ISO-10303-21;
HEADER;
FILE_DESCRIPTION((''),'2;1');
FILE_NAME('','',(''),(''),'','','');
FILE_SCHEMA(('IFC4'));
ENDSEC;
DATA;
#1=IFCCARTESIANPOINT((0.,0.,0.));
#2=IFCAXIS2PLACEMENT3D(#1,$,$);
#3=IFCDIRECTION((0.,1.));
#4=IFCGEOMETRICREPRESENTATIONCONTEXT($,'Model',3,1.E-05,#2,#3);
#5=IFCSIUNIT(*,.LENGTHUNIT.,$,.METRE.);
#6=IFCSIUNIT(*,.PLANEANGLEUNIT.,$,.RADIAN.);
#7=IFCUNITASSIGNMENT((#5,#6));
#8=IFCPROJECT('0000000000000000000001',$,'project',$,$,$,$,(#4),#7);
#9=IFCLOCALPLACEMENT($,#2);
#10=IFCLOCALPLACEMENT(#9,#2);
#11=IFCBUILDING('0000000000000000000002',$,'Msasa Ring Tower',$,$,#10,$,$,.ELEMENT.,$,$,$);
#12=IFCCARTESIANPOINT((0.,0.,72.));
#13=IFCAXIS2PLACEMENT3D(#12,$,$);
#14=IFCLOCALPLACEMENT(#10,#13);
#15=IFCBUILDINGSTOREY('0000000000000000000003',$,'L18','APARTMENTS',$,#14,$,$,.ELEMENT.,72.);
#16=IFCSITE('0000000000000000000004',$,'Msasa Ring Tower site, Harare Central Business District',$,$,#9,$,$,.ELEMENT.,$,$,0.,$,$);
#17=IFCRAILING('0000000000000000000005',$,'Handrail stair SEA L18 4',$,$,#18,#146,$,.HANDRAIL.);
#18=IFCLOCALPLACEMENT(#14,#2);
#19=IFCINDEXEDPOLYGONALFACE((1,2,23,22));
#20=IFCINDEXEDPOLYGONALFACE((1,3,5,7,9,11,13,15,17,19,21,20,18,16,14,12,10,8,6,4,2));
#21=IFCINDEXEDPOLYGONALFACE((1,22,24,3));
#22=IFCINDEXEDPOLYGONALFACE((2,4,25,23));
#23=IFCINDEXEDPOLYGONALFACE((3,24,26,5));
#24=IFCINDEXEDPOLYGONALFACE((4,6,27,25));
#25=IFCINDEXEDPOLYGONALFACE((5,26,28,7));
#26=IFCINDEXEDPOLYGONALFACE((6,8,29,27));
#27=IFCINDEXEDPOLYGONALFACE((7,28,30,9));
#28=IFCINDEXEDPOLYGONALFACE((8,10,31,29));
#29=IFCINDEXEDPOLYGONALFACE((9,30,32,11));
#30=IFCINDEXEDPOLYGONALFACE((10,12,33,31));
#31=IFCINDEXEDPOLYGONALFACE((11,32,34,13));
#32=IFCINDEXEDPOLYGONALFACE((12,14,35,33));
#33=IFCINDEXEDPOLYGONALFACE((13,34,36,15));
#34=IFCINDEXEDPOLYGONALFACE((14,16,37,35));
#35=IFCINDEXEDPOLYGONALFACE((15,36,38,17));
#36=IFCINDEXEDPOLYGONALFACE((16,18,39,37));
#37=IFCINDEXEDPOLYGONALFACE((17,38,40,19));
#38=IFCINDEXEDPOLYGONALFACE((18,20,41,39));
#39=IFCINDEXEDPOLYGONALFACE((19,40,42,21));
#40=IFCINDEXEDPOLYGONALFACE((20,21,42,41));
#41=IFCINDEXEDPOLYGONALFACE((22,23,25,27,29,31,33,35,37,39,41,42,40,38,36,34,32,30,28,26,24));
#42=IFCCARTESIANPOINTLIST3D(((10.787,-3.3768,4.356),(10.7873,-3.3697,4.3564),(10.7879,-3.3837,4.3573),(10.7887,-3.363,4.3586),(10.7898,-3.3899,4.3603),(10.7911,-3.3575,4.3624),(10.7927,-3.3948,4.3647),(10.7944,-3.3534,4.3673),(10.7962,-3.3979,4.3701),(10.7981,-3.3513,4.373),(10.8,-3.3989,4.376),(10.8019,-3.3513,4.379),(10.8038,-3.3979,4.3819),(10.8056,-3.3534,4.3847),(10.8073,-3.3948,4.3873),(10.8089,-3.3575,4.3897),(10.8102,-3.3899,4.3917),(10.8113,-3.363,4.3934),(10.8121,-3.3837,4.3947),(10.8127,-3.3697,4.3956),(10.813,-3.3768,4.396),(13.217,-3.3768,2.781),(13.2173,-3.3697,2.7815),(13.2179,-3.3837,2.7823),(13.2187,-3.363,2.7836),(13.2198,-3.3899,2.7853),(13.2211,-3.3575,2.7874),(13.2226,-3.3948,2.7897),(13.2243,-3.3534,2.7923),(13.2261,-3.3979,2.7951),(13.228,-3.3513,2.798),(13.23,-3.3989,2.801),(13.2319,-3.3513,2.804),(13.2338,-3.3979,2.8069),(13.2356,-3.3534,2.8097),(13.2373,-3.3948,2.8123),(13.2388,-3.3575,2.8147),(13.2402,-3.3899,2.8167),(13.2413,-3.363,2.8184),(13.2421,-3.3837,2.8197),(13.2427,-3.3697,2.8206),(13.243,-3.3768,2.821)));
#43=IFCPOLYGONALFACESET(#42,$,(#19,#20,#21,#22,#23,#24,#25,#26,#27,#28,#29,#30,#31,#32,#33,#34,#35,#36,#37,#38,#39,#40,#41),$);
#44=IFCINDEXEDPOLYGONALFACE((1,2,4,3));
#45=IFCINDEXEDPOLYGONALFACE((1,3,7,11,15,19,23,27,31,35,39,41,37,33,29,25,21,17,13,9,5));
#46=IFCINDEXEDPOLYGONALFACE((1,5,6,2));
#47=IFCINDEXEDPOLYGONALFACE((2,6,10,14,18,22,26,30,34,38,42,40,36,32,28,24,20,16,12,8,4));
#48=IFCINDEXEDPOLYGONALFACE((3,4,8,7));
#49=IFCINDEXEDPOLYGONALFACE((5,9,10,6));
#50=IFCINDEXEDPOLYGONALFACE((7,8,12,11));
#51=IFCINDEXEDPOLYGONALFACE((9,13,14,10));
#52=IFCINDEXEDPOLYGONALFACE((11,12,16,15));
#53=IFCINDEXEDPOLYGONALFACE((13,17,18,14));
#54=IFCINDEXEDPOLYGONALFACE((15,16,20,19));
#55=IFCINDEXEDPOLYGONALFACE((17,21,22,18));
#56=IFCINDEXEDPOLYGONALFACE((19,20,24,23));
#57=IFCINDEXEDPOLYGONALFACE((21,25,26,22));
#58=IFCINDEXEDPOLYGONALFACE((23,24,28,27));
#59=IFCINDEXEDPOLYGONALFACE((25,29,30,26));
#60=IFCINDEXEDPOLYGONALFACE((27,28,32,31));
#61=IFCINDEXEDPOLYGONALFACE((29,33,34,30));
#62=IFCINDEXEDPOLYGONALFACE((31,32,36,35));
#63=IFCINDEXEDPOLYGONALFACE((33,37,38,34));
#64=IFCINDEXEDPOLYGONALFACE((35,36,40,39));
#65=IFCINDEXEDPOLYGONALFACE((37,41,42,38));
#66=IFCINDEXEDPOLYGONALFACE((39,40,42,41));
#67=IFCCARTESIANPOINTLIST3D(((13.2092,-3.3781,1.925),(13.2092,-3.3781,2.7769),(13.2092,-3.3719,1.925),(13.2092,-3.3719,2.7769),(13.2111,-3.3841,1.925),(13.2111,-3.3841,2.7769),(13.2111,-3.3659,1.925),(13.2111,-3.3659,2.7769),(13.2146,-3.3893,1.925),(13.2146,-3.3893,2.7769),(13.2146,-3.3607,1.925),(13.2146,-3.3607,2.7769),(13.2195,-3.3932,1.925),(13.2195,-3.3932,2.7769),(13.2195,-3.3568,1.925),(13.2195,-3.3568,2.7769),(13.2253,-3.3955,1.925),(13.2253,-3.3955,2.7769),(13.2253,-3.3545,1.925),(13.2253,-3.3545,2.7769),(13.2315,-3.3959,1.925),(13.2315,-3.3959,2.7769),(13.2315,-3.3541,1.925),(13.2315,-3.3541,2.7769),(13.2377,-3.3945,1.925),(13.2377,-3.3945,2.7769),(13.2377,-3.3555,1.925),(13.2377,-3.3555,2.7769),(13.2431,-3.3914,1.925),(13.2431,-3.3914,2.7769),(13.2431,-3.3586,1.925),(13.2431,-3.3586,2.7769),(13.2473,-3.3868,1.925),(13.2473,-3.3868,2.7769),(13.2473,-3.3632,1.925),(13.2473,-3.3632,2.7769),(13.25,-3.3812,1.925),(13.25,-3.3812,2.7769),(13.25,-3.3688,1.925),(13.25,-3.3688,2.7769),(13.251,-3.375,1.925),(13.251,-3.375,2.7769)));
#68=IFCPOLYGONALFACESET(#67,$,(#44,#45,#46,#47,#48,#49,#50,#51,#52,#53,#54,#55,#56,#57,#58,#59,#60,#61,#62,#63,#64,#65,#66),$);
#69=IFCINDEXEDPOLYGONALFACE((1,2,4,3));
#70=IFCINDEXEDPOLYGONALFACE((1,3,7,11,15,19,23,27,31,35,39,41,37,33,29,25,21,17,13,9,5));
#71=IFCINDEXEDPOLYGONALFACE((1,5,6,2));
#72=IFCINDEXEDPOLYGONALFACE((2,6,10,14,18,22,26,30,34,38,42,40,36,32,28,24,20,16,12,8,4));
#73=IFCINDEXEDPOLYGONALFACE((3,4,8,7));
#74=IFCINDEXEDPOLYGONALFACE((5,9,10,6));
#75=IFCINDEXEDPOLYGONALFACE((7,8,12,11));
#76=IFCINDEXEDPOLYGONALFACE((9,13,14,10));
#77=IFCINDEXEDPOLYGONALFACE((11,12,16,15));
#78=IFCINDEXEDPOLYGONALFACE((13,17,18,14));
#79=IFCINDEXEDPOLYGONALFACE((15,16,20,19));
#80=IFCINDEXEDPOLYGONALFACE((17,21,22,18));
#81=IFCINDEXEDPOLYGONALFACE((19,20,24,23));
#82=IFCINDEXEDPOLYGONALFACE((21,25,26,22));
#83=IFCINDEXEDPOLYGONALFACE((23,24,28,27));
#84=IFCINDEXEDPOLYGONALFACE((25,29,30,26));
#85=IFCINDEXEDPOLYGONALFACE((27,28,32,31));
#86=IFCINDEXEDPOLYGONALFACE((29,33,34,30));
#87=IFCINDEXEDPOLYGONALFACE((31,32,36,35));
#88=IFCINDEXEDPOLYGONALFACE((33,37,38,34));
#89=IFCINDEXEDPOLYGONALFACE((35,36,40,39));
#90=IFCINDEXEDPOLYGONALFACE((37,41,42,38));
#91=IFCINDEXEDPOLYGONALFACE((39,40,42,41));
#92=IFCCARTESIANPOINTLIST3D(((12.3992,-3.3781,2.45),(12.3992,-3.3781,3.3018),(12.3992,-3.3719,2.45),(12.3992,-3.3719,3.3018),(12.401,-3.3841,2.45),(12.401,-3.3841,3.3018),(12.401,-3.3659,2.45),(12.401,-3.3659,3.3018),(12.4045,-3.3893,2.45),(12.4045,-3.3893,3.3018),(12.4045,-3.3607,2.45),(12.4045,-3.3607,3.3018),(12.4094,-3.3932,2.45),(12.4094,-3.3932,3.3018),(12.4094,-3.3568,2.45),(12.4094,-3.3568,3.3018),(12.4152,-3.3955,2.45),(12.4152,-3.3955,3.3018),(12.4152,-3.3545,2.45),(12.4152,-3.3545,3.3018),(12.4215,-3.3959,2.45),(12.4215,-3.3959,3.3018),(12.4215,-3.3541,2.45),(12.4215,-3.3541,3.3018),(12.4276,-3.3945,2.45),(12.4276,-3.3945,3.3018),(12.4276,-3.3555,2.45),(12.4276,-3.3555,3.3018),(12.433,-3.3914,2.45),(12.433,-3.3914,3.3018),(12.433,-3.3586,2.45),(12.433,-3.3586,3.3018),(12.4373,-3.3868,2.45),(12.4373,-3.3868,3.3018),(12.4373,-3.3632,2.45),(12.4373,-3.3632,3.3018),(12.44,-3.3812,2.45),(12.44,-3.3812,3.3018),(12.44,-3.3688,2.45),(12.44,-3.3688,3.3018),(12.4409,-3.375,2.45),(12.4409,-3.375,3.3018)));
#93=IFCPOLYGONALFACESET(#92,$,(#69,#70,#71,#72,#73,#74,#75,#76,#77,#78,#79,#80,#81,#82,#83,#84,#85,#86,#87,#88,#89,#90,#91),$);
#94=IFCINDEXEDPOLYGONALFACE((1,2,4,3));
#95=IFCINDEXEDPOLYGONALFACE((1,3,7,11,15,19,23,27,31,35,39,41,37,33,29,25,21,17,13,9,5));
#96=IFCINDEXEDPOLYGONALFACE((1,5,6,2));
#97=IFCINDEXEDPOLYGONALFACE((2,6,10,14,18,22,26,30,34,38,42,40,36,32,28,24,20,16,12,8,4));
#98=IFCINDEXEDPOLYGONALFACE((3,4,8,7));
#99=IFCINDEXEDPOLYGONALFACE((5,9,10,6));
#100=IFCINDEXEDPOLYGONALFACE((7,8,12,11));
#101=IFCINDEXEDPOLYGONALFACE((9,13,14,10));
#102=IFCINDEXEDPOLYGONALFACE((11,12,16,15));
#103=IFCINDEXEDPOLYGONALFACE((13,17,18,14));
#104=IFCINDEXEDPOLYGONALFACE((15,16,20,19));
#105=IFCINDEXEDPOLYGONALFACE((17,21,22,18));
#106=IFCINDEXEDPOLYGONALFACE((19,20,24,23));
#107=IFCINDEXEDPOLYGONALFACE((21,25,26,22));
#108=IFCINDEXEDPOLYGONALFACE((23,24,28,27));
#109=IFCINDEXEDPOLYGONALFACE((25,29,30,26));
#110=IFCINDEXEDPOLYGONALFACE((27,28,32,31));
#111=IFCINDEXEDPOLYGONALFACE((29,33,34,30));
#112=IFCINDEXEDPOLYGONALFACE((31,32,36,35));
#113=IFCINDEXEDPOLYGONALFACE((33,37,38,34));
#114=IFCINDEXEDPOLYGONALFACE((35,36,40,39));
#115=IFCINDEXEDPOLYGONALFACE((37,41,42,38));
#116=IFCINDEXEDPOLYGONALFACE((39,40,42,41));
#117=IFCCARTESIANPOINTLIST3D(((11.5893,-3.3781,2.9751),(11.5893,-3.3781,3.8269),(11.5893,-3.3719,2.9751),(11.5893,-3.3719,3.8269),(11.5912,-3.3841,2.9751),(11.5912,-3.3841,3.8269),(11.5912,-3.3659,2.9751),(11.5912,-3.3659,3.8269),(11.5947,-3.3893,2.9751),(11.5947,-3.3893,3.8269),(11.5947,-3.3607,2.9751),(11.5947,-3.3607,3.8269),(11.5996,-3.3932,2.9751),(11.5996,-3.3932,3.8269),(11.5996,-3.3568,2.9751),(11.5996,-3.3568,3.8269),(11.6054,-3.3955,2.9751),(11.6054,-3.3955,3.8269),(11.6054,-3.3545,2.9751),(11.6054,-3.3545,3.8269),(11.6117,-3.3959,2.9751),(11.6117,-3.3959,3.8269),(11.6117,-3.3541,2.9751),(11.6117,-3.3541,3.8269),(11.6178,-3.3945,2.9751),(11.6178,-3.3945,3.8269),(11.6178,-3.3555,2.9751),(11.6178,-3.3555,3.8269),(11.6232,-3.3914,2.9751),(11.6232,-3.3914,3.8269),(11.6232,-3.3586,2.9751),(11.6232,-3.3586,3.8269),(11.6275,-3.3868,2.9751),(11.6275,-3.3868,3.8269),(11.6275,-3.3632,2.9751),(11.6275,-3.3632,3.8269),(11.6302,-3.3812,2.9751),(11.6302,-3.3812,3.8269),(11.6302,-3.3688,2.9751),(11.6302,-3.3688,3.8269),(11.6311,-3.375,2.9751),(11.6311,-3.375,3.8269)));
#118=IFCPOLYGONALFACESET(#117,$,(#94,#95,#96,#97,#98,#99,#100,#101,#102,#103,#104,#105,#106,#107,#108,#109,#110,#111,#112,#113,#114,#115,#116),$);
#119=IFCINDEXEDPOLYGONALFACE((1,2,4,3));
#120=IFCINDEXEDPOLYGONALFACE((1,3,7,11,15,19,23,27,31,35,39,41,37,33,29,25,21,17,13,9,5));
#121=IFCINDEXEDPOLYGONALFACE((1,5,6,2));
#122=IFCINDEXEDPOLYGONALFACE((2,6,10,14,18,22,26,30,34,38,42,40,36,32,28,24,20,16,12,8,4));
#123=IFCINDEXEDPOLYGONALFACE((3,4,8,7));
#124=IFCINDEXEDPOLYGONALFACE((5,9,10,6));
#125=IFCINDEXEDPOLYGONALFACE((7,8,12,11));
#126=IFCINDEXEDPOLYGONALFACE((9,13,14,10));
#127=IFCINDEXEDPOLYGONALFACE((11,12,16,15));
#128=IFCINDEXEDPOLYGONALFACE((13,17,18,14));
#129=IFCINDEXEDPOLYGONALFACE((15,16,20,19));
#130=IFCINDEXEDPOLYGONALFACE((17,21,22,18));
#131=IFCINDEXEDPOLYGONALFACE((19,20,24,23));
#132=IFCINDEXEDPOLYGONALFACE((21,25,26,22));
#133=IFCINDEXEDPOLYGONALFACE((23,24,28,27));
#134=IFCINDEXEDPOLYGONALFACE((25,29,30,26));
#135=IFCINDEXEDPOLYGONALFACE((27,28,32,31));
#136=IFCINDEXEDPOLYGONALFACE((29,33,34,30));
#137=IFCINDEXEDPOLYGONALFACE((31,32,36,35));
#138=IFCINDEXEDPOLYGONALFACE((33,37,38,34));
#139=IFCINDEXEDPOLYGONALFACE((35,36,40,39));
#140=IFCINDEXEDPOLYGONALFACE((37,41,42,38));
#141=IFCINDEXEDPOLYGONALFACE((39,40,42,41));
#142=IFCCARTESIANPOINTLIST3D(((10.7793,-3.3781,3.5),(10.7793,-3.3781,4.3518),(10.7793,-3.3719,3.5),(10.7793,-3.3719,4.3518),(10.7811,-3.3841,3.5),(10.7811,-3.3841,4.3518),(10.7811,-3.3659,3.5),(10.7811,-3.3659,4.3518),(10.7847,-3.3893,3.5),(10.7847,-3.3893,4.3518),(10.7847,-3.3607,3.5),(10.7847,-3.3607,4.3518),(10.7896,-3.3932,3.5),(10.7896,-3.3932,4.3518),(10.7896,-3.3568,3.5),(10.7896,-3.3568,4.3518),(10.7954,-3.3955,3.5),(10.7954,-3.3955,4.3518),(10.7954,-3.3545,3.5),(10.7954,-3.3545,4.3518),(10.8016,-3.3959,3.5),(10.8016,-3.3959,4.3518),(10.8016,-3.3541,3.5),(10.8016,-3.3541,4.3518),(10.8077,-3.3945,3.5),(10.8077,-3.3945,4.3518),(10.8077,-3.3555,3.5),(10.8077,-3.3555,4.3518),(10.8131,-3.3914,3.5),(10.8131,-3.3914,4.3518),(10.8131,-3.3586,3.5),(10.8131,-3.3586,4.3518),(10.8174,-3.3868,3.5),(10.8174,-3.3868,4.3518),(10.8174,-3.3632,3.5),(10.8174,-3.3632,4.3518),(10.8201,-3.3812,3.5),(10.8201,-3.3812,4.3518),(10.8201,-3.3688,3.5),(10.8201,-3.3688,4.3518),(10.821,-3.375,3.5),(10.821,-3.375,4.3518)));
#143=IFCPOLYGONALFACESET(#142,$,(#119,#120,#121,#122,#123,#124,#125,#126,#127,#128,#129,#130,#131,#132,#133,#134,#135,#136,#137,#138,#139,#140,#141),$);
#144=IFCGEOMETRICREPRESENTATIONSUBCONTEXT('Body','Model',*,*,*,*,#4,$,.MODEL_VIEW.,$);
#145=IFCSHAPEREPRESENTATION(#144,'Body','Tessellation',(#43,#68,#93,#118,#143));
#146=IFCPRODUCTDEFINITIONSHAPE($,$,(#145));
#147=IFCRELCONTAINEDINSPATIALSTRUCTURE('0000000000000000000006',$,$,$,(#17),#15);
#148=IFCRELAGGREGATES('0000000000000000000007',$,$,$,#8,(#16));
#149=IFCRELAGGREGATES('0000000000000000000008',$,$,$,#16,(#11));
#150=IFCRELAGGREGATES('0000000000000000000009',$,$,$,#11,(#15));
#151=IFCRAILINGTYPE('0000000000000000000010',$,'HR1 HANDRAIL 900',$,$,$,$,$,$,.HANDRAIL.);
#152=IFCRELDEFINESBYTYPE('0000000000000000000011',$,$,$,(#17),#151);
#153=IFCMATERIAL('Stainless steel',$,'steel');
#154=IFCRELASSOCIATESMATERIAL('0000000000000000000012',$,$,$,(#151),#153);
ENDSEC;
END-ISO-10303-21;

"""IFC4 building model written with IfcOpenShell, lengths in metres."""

from ifc_helpers import new_model, si_unit, direction, frame, origin, origin_2d, place, context, subcontext, project, spatial, circle, extrude, material, type_object, element, save


model = new_model("IFC4")

# Units and contexts
model_context = context("Model", 3, precision=1e-05, world=origin(), true_north=direction((0.0, 1.0)))
body_context = subcontext(model_context, "Body", "Model", "MODEL_VIEW")
ifc_project = project(units=[si_unit("LENGTHUNIT", "METRE"), si_unit("PLANEANGLEUNIT", "RADIAN")], contexts=[model_context])

# Site, building, storey
site_placement = place(None, origin())
site = spatial("IfcSite", under=ifc_project, at=site_placement, Name="Msasa Ring Tower site, Harare Central Business District", CompositionType="ELEMENT", RefElevation=0.0)
building_placement = place(site_placement, origin())
building = spatial("IfcBuilding", under=site, at=building_placement, Name="Msasa Ring Tower", CompositionType="ELEMENT")
storey_placement = place(building_placement, frame((0.0, 0.0, 72.0)))
storey = spatial("IfcBuildingStorey", under=building, at=storey_placement, Name="L18", Description="APARTMENTS", CompositionType="ELEMENT", Elevation=72.0)

# Railing
ifc_material_1 = material(Name="Stainless steel", Category="steel")
railing_type = type_object("IfcRailingType", Name="HR1 HANDRAIL 900", PredefinedType="HANDRAIL", material=ifc_material_1)
railing_placement = place(storey_placement, frame((13.23, -3.375, 1.925)))
element("IfcRailing", 1, at=railing_placement, inside=storey, type_object=railing_type, Name="Handrail stair SEA L18 4", PredefinedType="HANDRAIL", context=body_context, shape_type="SweptSolid", body=[
    extrude(circle(Radius=0.0239, at=origin_2d()), frame((0.0, 0.0, 0.876), z_axis=(-0.839154, 0.0, 0.543894), x_axis=(0.0, -1.0, 0.0)), (0.0, 0.0, 1.0), 2.8958),
    extrude(circle(Radius=0.021, at=origin_2d()), origin(), (0.0, 0.0, 1.0), 0.8518),
    extrude(circle(Radius=0.021, at=origin_2d()), frame((-0.8101, 0.0, 0.5249)), (0.0, 0.0, 1.0), 0.8518),
    extrude(circle(Radius=0.021, at=origin_2d()), frame((-1.6199, 0.0, 1.05)), (0.0, 0.0, 1.0), 0.8518),
    extrude(circle(Radius=0.021, at=origin_2d()), frame((-2.4299, 0.0, 1.575)), (0.0, 0.0, 1.0), 0.8518),
])

save(model, "model.ifc")
